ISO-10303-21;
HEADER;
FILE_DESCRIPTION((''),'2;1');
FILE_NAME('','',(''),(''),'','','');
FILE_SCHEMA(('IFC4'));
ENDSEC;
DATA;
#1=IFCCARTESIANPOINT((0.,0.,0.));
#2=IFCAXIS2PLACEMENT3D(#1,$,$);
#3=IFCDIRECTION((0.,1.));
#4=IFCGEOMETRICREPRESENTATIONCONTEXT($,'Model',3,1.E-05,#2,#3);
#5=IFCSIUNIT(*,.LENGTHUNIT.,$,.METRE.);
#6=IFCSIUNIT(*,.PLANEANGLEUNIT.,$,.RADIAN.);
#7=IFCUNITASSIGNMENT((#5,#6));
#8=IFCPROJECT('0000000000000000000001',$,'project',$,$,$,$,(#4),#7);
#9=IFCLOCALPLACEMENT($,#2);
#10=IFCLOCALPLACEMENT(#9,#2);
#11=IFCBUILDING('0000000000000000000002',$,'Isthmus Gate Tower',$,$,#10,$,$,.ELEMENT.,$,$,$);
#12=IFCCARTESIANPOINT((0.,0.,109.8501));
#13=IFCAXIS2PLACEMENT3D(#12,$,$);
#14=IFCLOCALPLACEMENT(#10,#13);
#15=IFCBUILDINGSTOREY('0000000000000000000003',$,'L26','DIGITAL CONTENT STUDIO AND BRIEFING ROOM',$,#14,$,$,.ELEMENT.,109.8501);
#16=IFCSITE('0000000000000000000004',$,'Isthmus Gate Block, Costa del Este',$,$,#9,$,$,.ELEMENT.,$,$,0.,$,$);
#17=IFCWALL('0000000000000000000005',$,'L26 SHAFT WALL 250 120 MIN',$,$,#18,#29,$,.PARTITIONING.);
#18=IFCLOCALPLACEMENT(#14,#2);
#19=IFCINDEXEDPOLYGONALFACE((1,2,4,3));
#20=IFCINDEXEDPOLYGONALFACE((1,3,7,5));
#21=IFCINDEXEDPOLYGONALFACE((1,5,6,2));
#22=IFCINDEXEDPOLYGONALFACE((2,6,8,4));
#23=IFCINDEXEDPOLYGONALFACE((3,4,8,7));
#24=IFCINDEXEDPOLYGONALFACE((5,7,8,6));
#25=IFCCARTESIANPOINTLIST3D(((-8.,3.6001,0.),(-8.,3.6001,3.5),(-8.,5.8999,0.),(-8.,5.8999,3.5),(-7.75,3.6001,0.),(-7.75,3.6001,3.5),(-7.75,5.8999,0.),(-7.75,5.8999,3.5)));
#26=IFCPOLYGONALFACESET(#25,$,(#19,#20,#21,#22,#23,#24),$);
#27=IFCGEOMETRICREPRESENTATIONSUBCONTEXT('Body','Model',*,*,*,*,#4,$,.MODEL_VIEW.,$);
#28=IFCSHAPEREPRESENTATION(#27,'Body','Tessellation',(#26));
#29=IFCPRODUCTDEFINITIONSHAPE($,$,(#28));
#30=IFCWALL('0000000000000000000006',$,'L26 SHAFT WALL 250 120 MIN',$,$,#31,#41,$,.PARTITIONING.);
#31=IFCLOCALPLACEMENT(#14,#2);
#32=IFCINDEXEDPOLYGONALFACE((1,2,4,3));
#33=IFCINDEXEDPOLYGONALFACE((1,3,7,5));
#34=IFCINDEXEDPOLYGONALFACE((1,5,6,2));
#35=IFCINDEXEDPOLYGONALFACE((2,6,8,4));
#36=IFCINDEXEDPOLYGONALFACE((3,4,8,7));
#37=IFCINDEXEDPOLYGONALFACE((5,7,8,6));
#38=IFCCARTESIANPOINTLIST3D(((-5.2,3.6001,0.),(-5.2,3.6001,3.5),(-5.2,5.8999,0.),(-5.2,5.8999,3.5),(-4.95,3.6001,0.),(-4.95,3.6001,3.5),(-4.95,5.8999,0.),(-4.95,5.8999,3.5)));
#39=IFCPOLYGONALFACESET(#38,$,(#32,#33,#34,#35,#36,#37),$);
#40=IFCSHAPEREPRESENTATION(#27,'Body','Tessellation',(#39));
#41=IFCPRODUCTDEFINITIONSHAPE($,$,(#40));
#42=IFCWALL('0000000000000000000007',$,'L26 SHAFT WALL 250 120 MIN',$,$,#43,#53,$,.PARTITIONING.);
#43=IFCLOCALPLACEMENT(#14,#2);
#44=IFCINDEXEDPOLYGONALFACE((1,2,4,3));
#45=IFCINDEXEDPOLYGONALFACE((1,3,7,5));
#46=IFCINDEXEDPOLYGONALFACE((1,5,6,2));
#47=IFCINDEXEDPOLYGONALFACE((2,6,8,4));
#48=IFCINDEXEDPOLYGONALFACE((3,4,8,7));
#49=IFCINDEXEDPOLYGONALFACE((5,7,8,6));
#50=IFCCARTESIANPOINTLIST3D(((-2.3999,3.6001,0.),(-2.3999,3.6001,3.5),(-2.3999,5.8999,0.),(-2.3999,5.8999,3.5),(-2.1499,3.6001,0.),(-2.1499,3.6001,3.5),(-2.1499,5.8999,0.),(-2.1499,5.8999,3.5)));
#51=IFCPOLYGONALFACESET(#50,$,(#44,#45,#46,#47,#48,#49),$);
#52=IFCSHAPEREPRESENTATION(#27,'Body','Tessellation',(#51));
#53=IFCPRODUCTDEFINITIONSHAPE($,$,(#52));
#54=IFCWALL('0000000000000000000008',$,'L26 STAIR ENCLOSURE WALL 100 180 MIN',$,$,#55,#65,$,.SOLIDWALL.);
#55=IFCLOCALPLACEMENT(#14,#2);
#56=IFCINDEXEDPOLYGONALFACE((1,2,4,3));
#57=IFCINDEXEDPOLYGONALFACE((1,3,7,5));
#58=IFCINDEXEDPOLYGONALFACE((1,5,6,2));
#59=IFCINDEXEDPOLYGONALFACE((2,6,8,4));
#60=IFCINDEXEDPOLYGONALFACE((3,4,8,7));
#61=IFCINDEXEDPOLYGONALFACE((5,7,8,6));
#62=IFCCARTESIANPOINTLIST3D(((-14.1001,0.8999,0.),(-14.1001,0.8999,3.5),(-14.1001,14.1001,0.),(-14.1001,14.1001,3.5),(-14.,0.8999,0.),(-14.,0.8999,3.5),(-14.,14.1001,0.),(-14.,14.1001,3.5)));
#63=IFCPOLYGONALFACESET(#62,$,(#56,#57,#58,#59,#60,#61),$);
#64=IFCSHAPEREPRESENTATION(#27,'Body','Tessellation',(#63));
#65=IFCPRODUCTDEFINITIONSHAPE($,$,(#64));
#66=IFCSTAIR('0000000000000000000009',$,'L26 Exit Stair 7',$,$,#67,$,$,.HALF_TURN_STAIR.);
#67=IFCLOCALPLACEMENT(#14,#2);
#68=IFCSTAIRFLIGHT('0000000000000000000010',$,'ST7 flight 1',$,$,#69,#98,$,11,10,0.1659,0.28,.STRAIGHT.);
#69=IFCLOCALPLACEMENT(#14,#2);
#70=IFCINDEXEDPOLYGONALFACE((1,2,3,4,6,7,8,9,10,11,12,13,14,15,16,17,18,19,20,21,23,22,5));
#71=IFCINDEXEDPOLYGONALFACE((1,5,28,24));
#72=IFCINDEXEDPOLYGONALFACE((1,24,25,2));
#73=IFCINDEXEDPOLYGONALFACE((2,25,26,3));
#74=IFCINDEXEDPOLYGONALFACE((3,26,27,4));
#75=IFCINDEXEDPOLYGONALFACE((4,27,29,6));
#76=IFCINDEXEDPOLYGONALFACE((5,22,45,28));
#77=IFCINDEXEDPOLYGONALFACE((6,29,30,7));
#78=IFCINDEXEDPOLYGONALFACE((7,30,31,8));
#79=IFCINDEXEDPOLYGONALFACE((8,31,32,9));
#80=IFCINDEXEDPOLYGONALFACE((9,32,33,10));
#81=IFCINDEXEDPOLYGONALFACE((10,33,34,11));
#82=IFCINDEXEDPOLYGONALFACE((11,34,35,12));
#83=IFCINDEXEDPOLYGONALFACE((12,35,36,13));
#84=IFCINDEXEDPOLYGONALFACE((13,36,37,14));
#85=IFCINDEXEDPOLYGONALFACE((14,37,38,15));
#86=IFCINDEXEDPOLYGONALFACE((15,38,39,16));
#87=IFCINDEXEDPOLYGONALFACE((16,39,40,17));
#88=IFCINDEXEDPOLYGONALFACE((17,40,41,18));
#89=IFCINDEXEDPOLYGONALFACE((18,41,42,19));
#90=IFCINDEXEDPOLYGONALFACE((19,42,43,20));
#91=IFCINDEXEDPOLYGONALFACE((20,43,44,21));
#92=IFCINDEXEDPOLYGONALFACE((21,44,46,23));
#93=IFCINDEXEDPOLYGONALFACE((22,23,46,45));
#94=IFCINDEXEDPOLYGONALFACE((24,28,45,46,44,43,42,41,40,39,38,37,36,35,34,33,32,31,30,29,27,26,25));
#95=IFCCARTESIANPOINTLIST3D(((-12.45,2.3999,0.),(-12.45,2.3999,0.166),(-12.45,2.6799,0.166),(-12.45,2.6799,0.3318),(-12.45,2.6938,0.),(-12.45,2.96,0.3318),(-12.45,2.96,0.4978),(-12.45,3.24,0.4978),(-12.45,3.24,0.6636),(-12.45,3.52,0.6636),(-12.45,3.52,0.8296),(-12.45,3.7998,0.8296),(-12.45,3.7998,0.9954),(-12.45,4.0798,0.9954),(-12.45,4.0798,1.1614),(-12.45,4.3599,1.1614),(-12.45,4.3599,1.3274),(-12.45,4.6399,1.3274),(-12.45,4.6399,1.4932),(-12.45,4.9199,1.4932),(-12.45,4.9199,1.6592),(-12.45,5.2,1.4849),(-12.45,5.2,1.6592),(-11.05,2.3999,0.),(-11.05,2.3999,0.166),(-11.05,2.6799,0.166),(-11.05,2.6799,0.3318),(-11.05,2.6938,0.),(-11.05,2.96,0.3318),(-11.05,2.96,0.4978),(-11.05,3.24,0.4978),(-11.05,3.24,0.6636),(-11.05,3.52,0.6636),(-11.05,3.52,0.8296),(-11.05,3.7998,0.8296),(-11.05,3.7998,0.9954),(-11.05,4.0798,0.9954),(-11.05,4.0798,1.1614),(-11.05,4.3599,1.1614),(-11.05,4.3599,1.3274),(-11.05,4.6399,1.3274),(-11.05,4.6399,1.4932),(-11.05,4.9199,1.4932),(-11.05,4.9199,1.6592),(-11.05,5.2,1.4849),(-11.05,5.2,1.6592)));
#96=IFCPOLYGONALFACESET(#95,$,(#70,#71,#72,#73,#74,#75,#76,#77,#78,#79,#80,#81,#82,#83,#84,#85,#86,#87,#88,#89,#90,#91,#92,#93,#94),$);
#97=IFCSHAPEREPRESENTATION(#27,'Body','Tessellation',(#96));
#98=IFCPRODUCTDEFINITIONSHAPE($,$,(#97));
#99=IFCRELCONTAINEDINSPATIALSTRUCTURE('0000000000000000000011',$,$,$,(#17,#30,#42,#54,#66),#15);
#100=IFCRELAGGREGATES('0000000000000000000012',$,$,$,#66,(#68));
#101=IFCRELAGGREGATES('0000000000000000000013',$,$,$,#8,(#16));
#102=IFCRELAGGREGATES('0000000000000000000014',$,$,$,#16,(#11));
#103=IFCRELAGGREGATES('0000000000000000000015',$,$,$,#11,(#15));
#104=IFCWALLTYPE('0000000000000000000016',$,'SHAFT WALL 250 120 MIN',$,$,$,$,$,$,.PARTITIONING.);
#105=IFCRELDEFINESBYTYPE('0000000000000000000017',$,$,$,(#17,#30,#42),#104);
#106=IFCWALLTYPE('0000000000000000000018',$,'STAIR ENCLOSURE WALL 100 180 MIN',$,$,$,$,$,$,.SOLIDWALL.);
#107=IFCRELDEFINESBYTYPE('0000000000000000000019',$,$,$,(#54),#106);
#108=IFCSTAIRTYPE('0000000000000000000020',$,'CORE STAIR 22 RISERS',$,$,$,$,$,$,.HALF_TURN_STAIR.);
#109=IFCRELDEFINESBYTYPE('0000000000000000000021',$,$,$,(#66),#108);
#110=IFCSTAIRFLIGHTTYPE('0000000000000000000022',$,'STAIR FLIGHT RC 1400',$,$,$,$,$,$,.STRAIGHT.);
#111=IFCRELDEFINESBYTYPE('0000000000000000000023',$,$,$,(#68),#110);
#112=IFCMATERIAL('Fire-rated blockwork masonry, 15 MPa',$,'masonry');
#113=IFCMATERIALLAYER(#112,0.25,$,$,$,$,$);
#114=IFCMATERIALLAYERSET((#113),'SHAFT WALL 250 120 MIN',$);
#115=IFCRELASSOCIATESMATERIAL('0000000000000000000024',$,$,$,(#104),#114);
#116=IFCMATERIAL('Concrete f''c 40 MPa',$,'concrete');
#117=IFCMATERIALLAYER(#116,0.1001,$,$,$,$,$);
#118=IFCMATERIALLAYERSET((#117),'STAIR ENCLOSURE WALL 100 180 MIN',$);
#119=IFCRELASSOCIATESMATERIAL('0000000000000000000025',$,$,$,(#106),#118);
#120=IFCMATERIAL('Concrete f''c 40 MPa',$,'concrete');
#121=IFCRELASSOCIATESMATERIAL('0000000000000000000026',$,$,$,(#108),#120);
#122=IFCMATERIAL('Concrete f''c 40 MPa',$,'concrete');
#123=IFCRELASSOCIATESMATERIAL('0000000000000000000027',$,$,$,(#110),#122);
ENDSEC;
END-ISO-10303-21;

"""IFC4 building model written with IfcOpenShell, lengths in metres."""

from ifc_helpers import new_model, si_unit, direction, frame, frame_2d, origin, place, context, subcontext, project, spatial, polyline, rectangle, outline, extrude, material, layer, layer_set, type_object, element, aggregate, save


model = new_model("IFC4")

# Units and contexts
model_context = context("Model", 3, precision=1e-05, world=origin(), true_north=direction((0.0, 1.0)))
body_context = subcontext(model_context, "Body", "Model", "MODEL_VIEW")
ifc_project = project(units=[si_unit("LENGTHUNIT", "METRE"), si_unit("PLANEANGLEUNIT", "RADIAN")], contexts=[model_context])

# Site, building, storey
site_placement = place(None, origin())
site = spatial("IfcSite", under=ifc_project, at=site_placement, Name="Isthmus Gate Block, Costa del Este", CompositionType="ELEMENT", RefElevation=0.0)
building_placement = place(site_placement, origin())
building = spatial("IfcBuilding", under=site, at=building_placement, Name="Isthmus Gate Tower", CompositionType="ELEMENT")
storey_placement = place(building_placement, frame((0.0, 0.0, 109.8501)))
storey = spatial("IfcBuildingStorey", under=building, at=storey_placement, Name="L26", Description="DIGITAL CONTENT STUDIO AND BRIEFING ROOM", CompositionType="ELEMENT", Elevation=109.8501)

# Walls
ifc_material_1 = material(Name="Fire-rated blockwork masonry, 15 MPa", Category="masonry")
ifc_layer_1 = layer(ifc_material_1, 0.25)
ifc_layer_set_1 = layer_set([ifc_layer_1], Name="SHAFT WALL 250 120 MIN")
wall_type_1 = type_object("IfcWallType", Name="SHAFT WALL 250 120 MIN", PredefinedType="PARTITIONING", material=ifc_layer_set_1)
for number, where, z_axis, x_axis, name in (
    (1, (-7.875, 3.6001, 0.0), (0.0, 0.0, 1.0), (0.0, 1.0, 0.0), "L26 SHAFT WALL 250 120 MIN"),
    (2, (-5.075, 3.6001, 0.0), (0.0, 0.0, 1.0), (0.0, 1.0, 0.0), "L26 SHAFT WALL 250 120 MIN"),
    (3, (-2.2749, 3.6001, 0.0), (0.0, 0.0, 1.0), (0.0, 1.0, 0.0), "L26 SHAFT WALL 250 120 MIN"),
):
    element("IfcWall", number, at=place(storey_placement, frame(where, z_axis=z_axis, x_axis=x_axis)), inside=storey, type_object=wall_type_1, Name=name, PredefinedType="PARTITIONING", context=body_context, shape_type="SweptSolid", body=[
        extrude(rectangle(XDim=2.2998, YDim=0.25, at=frame_2d((1.1499, 0.0))), origin(), (0.0, 0.0, 1.0), 3.5),
    ])
ifc_material_2 = material(Name="Concrete f'c 40 MPa", Category="concrete")
ifc_layer_2 = layer(ifc_material_2, 0.1001)
ifc_layer_set_2 = layer_set([ifc_layer_2], Name="STAIR ENCLOSURE WALL 100 180 MIN")
wall_type_2 = type_object("IfcWallType", Name="STAIR ENCLOSURE WALL 100 180 MIN", PredefinedType="SOLIDWALL", material=ifc_layer_set_2)
wall_1_placement = place(storey_placement, frame((-14.05, 0.8999, 0.0), z_axis=(0.0, 0.0, 1.0), x_axis=(0.0, 1.0, 0.0)))
element("IfcWall", 4, at=wall_1_placement, inside=storey, type_object=wall_type_2, Name="L26 STAIR ENCLOSURE WALL 100 180 MIN", PredefinedType="SOLIDWALL", context=body_context, shape_type="SweptSolid", body=[
    extrude(rectangle(XDim=13.2002, YDim=0.1001, at=frame_2d((6.6001, 0.0))), origin(), (0.0, 0.0, 1.0), 3.5),
])

# Stair, stair flight
ifc_material_3 = material(Name="Concrete f'c 40 MPa", Category="concrete")
stair_type = type_object("IfcStairType", Name="CORE STAIR 22 RISERS", PredefinedType="HALF_TURN_STAIR", material=ifc_material_3)
stair_placement = place(storey_placement, origin())
stair = element("IfcStair", 5, at=stair_placement, inside=storey, type_object=stair_type, Name="L26 Exit Stair 7", PredefinedType="HALF_TURN_STAIR")
ifc_material_4 = material(Name="Concrete f'c 40 MPa", Category="concrete")
stair_flight_type = type_object("IfcStairFlightType", Name="STAIR FLIGHT RC 1400", PredefinedType="STRAIGHT", material=ifc_material_4)
stair_flight_placement = place(storey_placement, frame((-11.75, 2.3999, 0.0), z_axis=(0.0, 0.0, 1.0), x_axis=(0.0, 1.0, 0.0)))
stair_flight = element("IfcStairFlight", 6, at=stair_flight_placement, type_object=stair_flight_type, Name="ST7 flight 1", NumberOfRisers=11, NumberOfTreads=10, PredefinedType="STRAIGHT", RiserHeight=0.1659, TreadLength=0.28, context=body_context, shape_type="SweptSolid", body=[
    extrude(outline(polyline([(0.0, 0.0), (0.0, 0.166), (0.28, 0.166), (0.28, 0.3318), (0.5601, 0.3318), (0.5601, 0.4978), (0.8401, 0.4978), (0.8401, 0.6636), (1.1201, 0.6636), (1.1201, 0.8296), (1.3999, 0.8296), (1.3999, 0.9954), (1.6799, 0.9954), (1.6799, 1.1614), (1.96, 1.1614), (1.96, 1.3274), (2.24, 1.3274), (2.24, 1.4932), (2.52, 1.4932), (2.52, 1.6592), (2.8, 1.6592), (2.8, 1.825), (2.8, 1.4849), (0.2939, 0.0), (0.0, 0.0)])), frame((0.0, 0.7, 0.0), z_axis=(0.0, -1.0, 0.0), x_axis=(1.0, 0.0, 0.0)), (0.0, 0.0, 1.0), 1.3999),
])
aggregate(stair, [stair_flight])

save(model, "model.ifc")
